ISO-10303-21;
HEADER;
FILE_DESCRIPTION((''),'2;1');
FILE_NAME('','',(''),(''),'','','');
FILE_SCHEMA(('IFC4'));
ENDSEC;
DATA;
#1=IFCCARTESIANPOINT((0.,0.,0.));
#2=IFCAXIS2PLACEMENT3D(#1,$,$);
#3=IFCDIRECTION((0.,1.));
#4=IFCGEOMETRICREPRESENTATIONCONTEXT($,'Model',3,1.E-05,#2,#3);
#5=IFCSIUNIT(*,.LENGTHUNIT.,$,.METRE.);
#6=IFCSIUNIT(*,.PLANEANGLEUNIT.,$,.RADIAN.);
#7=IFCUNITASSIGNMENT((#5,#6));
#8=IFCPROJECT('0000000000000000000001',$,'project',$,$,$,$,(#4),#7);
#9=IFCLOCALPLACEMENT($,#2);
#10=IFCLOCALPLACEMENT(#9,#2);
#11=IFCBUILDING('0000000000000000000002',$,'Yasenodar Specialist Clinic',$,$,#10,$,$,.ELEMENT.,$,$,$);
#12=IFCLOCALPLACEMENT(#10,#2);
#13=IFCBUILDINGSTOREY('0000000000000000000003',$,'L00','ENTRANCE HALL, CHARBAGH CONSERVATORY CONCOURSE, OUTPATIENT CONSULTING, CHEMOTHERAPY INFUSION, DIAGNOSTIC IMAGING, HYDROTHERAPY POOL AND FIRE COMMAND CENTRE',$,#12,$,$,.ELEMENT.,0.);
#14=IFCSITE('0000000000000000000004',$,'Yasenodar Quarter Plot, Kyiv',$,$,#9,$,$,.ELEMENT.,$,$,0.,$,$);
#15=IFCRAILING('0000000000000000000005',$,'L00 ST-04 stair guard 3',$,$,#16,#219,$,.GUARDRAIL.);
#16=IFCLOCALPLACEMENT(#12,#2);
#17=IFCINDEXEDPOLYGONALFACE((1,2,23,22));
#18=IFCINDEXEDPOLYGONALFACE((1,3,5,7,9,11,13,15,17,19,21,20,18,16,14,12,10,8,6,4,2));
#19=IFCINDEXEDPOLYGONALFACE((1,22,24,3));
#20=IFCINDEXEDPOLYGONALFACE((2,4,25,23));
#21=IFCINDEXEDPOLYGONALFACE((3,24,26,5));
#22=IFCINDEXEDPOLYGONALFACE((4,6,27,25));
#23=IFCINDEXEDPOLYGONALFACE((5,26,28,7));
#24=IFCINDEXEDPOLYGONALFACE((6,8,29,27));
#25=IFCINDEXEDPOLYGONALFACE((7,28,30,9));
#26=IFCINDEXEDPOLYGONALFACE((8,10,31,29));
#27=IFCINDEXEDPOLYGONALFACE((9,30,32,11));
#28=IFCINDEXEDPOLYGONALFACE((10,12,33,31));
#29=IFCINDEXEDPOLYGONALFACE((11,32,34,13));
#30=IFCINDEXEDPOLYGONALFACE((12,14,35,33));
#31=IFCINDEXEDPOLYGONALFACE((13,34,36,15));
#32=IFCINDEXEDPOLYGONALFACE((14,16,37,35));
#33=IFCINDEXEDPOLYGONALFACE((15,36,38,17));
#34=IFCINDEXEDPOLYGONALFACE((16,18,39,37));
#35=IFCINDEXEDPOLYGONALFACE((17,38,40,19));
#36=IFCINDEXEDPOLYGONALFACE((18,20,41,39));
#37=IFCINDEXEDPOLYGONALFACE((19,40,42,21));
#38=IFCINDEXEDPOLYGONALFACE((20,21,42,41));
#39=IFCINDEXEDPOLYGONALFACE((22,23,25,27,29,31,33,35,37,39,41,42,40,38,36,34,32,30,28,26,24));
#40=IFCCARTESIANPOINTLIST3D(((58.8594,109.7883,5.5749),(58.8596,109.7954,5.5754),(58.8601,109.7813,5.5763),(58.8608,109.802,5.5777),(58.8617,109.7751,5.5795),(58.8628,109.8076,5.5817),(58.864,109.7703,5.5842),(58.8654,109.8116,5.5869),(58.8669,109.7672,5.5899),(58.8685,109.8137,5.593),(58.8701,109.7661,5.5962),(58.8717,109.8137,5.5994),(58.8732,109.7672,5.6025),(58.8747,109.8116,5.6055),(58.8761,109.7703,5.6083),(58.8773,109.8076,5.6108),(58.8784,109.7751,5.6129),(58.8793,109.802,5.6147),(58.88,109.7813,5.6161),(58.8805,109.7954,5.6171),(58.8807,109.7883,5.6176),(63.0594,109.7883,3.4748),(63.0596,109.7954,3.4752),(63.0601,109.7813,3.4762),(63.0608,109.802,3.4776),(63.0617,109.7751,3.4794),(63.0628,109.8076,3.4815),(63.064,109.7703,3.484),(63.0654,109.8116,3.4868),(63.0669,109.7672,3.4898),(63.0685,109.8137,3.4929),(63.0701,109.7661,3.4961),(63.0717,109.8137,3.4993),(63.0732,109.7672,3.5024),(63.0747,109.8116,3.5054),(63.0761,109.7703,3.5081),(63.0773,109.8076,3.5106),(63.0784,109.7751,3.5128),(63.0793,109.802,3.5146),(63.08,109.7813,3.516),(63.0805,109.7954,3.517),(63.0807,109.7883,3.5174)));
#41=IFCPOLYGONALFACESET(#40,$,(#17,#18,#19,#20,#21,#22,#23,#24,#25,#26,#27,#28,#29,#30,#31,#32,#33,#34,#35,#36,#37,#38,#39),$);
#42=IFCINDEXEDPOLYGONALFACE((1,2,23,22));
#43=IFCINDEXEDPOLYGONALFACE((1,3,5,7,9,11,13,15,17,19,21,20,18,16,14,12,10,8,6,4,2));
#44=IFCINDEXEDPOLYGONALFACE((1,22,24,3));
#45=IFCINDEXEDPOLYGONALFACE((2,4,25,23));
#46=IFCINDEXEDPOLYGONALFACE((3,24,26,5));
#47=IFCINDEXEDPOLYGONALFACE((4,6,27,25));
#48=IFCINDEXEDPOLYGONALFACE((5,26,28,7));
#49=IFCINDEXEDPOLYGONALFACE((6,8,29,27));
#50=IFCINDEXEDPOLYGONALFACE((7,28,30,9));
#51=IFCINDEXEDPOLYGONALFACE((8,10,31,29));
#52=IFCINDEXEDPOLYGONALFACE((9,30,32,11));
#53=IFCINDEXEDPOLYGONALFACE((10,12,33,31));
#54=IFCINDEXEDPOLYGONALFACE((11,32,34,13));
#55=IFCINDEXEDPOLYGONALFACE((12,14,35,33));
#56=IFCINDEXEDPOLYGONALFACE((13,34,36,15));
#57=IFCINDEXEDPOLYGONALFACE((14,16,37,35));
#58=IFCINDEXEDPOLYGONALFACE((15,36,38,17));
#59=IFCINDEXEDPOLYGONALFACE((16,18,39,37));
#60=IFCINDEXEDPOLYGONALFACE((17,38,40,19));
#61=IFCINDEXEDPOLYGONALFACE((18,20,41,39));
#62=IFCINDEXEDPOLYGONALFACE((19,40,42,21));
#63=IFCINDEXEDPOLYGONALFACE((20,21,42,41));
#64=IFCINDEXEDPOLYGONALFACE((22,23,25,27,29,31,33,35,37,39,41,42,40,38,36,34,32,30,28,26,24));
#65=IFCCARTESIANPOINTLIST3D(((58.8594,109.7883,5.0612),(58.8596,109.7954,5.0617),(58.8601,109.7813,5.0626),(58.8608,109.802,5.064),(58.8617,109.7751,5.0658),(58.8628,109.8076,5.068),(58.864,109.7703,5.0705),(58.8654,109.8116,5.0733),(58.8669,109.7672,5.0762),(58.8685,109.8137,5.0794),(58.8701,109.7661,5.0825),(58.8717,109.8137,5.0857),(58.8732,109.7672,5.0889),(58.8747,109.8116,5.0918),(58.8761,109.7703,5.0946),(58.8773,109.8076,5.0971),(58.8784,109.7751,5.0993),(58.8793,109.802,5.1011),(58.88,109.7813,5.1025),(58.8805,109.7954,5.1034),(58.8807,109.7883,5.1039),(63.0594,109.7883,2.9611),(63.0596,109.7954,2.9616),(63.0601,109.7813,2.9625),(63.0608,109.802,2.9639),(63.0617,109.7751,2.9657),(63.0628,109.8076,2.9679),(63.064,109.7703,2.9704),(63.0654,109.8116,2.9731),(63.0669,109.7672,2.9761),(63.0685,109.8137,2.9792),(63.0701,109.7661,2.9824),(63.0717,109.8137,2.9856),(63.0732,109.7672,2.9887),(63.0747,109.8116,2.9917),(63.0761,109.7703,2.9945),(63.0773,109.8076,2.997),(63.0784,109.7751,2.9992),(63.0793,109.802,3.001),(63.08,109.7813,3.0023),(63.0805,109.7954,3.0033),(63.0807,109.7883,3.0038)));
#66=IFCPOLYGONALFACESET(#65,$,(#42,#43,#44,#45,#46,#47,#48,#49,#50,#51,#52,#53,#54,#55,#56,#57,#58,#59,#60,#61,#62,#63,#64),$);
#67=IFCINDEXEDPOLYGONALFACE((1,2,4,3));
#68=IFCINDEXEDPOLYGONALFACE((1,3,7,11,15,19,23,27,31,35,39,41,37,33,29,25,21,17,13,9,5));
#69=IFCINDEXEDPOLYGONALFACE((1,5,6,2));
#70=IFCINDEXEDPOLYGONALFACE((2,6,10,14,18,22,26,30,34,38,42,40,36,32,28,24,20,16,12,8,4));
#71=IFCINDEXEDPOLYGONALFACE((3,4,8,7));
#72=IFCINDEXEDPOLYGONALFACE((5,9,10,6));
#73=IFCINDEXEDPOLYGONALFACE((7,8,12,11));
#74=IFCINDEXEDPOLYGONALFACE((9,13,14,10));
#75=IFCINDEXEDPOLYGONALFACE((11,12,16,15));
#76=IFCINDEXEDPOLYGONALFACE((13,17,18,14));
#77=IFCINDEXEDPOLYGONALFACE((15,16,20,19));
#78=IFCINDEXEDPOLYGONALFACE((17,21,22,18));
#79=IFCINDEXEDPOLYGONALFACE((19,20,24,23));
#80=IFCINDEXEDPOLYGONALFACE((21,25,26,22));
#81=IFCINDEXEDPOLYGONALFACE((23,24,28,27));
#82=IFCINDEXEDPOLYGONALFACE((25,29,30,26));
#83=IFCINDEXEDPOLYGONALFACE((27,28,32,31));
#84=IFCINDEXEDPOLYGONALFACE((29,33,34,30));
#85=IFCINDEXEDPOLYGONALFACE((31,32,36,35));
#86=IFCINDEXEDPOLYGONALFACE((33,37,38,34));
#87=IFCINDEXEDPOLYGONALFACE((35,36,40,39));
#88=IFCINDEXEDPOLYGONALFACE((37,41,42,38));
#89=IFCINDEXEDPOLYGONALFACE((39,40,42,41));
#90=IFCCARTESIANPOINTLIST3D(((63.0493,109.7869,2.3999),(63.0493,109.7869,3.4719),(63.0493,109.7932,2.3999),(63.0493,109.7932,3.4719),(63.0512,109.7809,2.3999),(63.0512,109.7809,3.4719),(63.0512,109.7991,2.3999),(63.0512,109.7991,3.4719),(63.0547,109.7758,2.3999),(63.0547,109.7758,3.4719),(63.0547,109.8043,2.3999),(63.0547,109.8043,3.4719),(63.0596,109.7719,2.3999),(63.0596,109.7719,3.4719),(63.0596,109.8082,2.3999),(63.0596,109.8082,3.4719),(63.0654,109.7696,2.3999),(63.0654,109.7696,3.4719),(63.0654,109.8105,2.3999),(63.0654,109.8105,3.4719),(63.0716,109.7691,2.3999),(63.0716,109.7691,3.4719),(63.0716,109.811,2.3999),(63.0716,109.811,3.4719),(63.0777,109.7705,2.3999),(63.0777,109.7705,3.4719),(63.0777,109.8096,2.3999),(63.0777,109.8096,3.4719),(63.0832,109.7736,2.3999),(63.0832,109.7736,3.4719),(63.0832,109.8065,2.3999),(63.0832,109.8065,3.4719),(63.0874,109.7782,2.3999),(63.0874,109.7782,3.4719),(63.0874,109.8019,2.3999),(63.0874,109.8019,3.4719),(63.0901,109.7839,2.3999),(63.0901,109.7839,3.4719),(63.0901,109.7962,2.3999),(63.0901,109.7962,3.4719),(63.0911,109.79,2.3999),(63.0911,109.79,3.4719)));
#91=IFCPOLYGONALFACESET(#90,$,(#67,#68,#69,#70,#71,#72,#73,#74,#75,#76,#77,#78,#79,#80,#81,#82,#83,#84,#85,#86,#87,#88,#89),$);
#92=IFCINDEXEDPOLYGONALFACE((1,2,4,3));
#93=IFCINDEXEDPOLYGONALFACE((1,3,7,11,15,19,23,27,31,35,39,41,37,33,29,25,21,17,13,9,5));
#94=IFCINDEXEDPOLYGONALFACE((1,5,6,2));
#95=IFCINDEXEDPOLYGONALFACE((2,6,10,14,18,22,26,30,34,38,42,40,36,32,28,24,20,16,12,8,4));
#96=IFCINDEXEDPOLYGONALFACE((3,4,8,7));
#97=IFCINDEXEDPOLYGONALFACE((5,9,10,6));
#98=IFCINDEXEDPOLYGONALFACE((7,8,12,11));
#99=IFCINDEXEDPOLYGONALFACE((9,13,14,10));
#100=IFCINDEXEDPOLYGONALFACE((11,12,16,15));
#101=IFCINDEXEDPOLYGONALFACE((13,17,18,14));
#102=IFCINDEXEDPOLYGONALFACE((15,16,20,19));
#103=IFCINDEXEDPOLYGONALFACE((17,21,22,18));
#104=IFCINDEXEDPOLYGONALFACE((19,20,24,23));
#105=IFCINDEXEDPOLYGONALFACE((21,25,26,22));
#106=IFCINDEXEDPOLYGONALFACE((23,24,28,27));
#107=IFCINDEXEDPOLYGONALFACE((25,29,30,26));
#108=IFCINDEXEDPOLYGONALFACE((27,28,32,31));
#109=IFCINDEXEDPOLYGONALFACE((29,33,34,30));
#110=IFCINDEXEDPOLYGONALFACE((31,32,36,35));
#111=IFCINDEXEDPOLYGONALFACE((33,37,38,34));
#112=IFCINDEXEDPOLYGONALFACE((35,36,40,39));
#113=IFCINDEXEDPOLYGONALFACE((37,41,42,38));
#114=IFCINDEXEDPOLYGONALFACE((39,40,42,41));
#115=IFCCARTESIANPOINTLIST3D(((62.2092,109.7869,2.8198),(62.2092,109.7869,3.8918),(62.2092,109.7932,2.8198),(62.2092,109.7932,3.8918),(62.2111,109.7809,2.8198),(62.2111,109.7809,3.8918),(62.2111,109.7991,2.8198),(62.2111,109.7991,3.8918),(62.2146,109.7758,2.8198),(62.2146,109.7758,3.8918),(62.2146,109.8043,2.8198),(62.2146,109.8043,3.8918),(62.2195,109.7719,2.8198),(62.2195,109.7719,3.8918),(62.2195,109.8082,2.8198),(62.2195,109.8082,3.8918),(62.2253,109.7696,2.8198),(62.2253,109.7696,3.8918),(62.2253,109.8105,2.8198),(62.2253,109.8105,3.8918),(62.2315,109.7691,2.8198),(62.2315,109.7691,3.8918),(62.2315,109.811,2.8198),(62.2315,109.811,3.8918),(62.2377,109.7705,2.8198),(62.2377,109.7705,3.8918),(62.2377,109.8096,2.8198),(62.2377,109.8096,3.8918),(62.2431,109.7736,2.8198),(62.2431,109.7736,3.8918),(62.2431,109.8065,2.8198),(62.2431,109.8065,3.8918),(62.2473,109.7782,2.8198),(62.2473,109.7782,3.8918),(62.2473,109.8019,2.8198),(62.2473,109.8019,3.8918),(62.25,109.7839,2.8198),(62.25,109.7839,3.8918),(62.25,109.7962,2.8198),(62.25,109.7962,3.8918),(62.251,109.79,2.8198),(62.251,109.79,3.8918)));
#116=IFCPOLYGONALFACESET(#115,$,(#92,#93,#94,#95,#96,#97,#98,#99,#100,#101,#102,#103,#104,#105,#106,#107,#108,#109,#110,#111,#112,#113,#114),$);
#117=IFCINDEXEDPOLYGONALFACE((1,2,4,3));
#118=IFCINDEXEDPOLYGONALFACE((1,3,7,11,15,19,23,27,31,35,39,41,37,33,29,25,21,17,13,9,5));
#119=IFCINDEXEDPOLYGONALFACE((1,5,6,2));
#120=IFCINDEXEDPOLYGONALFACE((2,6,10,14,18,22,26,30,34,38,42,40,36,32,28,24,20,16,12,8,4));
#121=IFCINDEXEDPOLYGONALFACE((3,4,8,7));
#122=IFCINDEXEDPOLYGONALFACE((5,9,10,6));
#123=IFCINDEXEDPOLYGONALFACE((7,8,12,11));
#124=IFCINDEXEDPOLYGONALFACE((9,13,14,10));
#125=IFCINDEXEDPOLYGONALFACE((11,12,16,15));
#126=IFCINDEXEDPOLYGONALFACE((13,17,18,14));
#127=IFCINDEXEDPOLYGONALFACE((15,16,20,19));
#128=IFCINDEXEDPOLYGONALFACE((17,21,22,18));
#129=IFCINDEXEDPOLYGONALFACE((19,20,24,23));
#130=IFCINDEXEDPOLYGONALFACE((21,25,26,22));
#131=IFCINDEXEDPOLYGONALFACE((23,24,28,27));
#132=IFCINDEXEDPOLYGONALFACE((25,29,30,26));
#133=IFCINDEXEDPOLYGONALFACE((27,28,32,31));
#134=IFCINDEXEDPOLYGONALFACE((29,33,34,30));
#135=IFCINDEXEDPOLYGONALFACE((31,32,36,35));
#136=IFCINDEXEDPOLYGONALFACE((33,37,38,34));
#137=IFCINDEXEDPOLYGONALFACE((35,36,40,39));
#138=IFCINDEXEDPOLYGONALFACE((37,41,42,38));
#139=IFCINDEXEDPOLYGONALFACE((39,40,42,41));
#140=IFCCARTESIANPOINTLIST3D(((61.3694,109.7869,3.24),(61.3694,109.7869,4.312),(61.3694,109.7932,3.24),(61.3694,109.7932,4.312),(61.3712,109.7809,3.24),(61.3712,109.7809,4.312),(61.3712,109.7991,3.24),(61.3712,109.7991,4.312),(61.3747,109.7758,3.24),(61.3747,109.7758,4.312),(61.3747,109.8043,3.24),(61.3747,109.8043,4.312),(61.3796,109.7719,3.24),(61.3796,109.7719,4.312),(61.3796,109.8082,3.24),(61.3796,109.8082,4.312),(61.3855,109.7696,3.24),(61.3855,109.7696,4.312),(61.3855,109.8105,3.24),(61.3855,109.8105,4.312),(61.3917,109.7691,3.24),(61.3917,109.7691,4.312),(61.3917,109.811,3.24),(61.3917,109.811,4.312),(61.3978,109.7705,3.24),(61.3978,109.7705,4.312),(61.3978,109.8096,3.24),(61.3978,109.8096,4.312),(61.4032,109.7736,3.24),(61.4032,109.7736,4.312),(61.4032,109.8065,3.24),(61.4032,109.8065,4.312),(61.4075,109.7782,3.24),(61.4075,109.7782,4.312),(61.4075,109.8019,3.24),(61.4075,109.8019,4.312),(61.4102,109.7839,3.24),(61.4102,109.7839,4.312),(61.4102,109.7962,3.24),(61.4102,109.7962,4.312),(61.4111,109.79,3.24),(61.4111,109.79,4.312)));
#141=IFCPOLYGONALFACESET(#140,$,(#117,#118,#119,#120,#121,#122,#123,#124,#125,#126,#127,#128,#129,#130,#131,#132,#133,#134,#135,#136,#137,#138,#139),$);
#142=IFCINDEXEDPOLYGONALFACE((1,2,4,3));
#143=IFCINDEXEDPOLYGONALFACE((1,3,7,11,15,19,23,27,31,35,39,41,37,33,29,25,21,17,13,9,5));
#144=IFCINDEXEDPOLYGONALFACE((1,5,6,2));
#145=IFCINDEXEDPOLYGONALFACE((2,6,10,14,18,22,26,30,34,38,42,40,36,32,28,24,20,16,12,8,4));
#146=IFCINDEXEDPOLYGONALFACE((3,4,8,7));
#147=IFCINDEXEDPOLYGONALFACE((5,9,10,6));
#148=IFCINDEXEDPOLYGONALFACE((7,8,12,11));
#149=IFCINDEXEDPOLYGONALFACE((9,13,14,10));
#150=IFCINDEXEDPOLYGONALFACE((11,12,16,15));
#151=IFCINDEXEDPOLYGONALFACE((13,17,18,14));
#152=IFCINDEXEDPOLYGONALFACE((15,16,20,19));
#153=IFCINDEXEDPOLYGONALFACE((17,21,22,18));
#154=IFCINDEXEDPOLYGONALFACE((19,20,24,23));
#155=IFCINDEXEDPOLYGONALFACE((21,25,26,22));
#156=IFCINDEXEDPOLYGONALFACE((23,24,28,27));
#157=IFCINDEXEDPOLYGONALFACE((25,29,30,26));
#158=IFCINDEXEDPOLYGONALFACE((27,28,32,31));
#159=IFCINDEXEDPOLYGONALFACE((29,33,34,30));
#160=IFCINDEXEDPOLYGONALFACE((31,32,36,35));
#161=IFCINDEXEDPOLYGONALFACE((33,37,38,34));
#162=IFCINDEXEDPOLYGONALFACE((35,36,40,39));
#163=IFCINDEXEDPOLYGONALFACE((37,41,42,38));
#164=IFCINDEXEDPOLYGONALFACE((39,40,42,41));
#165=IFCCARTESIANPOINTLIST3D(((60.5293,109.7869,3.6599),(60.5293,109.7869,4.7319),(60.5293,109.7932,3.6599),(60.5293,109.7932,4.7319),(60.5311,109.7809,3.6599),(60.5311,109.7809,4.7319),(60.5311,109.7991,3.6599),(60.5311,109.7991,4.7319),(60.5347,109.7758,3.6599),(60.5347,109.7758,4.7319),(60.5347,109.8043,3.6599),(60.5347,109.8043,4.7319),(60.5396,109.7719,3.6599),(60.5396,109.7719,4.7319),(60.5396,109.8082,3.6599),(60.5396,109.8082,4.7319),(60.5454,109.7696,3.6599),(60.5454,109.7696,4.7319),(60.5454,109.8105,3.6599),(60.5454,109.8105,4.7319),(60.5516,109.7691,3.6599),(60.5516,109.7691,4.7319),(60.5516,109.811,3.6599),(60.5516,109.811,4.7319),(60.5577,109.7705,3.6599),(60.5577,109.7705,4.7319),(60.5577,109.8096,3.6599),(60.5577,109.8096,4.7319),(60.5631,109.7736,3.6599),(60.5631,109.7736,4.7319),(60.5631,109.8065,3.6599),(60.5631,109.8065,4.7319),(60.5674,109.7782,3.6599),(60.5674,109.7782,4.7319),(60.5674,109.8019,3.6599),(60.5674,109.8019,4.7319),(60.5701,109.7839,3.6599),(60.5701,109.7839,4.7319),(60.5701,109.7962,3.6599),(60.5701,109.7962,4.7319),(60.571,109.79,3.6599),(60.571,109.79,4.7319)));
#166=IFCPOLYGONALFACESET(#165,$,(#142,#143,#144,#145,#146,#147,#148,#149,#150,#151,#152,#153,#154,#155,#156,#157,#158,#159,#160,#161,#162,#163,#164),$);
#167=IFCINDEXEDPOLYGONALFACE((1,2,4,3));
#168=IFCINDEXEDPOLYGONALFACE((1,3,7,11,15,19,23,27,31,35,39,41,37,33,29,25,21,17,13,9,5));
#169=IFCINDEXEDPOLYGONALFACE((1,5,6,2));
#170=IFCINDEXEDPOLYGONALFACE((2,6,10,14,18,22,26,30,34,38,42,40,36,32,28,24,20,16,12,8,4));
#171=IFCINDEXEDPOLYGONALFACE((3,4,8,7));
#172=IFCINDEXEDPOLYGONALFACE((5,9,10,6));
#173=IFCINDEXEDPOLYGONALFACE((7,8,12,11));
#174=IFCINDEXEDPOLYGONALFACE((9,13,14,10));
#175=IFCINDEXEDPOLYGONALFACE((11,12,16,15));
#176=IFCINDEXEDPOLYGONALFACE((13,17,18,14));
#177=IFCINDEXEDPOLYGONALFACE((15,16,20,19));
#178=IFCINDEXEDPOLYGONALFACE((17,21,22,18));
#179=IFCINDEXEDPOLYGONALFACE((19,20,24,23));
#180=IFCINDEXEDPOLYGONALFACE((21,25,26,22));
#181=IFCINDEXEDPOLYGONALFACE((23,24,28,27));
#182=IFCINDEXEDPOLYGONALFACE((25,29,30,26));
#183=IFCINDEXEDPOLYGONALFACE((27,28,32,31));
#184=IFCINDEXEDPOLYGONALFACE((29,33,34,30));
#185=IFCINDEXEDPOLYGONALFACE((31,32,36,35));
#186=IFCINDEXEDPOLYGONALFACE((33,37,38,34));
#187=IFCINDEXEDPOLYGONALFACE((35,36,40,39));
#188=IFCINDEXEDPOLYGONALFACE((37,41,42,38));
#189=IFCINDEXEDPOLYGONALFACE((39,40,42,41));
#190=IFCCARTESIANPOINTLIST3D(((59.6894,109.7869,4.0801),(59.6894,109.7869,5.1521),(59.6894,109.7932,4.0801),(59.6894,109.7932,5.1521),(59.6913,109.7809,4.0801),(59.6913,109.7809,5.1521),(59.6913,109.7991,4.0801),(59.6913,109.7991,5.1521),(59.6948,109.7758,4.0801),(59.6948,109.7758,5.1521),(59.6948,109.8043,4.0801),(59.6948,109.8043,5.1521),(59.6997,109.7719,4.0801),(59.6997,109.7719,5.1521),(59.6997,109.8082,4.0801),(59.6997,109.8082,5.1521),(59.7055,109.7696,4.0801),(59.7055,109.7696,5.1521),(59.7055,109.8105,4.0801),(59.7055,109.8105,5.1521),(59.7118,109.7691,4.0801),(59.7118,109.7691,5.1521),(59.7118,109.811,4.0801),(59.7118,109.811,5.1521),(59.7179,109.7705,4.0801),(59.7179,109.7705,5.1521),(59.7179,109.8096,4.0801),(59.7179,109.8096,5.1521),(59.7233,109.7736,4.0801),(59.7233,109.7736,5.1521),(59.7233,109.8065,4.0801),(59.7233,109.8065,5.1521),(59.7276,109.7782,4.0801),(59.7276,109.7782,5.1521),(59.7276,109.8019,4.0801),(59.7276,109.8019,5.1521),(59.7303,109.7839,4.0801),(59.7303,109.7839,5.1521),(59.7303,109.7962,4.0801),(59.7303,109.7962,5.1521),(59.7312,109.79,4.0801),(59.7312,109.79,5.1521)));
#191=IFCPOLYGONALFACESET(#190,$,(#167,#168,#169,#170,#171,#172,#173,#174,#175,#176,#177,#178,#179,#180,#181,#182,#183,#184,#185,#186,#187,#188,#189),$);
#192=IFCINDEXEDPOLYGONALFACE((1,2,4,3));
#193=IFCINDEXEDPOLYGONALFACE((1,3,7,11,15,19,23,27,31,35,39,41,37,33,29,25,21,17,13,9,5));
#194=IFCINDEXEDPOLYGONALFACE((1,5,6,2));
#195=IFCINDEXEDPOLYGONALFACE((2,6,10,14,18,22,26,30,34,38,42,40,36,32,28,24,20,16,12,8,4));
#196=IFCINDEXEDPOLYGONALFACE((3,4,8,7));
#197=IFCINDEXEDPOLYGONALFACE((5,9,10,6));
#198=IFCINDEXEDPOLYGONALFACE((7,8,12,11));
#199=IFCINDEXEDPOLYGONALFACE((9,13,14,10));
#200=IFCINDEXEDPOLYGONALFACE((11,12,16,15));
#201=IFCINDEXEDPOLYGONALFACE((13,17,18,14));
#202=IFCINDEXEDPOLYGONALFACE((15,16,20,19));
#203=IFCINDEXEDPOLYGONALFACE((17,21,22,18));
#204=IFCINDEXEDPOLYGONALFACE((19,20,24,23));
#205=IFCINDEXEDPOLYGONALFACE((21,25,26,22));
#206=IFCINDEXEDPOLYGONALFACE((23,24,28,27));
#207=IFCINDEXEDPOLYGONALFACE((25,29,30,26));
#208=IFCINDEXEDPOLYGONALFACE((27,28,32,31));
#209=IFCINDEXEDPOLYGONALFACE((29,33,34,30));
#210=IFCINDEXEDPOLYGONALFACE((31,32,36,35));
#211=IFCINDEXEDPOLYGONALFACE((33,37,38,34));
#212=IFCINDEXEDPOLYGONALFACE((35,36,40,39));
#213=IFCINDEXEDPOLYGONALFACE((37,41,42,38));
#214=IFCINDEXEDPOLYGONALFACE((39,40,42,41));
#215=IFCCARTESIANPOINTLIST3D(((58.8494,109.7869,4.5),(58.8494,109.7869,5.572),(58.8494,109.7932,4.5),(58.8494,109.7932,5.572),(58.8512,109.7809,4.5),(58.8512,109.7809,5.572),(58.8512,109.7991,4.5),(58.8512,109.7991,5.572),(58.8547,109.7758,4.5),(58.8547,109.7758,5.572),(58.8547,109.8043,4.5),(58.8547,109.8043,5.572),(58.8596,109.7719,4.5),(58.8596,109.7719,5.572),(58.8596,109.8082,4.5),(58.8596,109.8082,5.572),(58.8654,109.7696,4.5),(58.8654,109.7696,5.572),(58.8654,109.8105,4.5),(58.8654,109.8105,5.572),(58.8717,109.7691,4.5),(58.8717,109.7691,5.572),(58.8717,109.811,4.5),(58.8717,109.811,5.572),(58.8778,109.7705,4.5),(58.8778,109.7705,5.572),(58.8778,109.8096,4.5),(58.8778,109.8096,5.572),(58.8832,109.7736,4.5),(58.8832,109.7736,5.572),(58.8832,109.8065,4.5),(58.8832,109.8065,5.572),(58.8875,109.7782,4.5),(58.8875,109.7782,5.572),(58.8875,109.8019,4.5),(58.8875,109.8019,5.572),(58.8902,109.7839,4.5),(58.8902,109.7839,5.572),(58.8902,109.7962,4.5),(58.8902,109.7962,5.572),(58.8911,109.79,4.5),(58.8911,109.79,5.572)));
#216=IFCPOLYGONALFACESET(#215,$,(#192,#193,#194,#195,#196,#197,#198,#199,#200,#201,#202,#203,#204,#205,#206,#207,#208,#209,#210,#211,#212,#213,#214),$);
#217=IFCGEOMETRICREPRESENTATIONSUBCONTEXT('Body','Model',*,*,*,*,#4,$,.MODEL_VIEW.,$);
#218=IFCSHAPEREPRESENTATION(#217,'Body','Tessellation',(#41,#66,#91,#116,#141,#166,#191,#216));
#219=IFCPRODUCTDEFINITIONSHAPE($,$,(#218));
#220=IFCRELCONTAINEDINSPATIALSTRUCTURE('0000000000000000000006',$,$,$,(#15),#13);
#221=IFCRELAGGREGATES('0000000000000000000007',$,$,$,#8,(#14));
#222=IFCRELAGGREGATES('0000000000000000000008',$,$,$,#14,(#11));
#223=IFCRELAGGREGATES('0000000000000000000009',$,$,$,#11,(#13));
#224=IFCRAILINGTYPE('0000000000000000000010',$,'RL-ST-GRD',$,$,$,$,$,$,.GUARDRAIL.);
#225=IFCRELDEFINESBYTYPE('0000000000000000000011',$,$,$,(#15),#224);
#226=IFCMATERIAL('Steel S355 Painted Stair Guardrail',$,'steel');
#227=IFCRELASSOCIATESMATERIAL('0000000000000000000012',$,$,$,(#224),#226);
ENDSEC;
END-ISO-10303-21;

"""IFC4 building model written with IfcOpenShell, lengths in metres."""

from ifc_helpers import new_model, si_unit, direction, frame, origin, origin_2d, place, context, subcontext, project, spatial, circle, extrude, material, type_object, element, save


model = new_model("IFC4")

# Units and contexts
model_context = context("Model", 3, precision=1e-05, world=origin(), true_north=direction((0.0, 1.0)))
body_context = subcontext(model_context, "Body", "Model", "MODEL_VIEW")
ifc_project = project(units=[si_unit("LENGTHUNIT", "METRE"), si_unit("PLANEANGLEUNIT", "RADIAN")], contexts=[model_context])

# Site, building, storey
site_placement = place(None, origin())
site = spatial("IfcSite", under=ifc_project, at=site_placement, Name="Yasenodar Quarter Plot, Kyiv", CompositionType="ELEMENT", RefElevation=0.0)
building_placement = place(site_placement, origin())
building = spatial("IfcBuilding", under=site, at=building_placement, Name="Yasenodar Specialist Clinic", CompositionType="ELEMENT")
storey_placement = place(building_placement, origin())
storey = spatial("IfcBuildingStorey", under=building, at=storey_placement, Name="L00", Description="ENTRANCE HALL, CHARBAGH CONSERVATORY CONCOURSE, OUTPATIENT CONSULTING, CHEMOTHERAPY INFUSION, DIAGNOSTIC IMAGING, HYDROTHERAPY POOL AND FIRE COMMAND CENTRE", CompositionType="ELEMENT", Elevation=0.0)

# Railing
ifc_material_1 = material(Name="Steel S355 Painted Stair Guardrail", Category="steel")
railing_type_1 = type_object("IfcRailingType", Name="RL-ST-GRD", PredefinedType="GUARDRAIL", material=ifc_material_1)
railing_1_placement = place(storey_placement, frame((63.0701, 109.79, 2.3999)))
element("IfcRailing", 1, at=railing_1_placement, inside=storey, type_object=railing_type_1, Name="L00 ST-04 stair guard 3", PredefinedType="GUARDRAIL", context=body_context, shape_type="SweptSolid", body=[
    extrude(circle(Radius=0.0239, at=origin_2d()), frame((0.0, 0.0, 1.0962), z_axis=(-0.894417, 0.0, 0.447234), x_axis=(0.0, -1.0, 0.0)), (0.0, 0.0, 1.0), 4.6958),
    extrude(circle(Radius=0.0239, at=origin_2d()), frame((0.0, 0.0, 0.5825), z_axis=(-0.894417, 0.0, 0.447234), x_axis=(0.0, -1.0, 0.0)), (0.0, 0.0, 1.0), 4.6958),
    extrude(circle(Radius=0.021, at=origin_2d()), origin(), (0.0, 0.0, 1.0), 1.072),
    extrude(circle(Radius=0.021, at=origin_2d()), frame((-0.8401, 0.0, 0.4199)), (0.0, 0.0, 1.0), 1.072),
    extrude(circle(Radius=0.021, at=origin_2d()), frame((-1.6799, 0.0, 0.8401)), (0.0, 0.0, 1.0), 1.072),
    extrude(circle(Radius=0.021, at=origin_2d()), frame((-2.52, 0.0, 1.26)), (0.0, 0.0, 1.0), 1.072),
    extrude(circle(Radius=0.021, at=origin_2d()), frame((-3.3599, 0.0, 1.6802)), (0.0, 0.0, 1.0), 1.072),
    extrude(circle(Radius=0.021, at=origin_2d()), frame((-4.2, 0.0, 2.1001)), (0.0, 0.0, 1.0), 1.072),
])

save(model, "model.ifc")
